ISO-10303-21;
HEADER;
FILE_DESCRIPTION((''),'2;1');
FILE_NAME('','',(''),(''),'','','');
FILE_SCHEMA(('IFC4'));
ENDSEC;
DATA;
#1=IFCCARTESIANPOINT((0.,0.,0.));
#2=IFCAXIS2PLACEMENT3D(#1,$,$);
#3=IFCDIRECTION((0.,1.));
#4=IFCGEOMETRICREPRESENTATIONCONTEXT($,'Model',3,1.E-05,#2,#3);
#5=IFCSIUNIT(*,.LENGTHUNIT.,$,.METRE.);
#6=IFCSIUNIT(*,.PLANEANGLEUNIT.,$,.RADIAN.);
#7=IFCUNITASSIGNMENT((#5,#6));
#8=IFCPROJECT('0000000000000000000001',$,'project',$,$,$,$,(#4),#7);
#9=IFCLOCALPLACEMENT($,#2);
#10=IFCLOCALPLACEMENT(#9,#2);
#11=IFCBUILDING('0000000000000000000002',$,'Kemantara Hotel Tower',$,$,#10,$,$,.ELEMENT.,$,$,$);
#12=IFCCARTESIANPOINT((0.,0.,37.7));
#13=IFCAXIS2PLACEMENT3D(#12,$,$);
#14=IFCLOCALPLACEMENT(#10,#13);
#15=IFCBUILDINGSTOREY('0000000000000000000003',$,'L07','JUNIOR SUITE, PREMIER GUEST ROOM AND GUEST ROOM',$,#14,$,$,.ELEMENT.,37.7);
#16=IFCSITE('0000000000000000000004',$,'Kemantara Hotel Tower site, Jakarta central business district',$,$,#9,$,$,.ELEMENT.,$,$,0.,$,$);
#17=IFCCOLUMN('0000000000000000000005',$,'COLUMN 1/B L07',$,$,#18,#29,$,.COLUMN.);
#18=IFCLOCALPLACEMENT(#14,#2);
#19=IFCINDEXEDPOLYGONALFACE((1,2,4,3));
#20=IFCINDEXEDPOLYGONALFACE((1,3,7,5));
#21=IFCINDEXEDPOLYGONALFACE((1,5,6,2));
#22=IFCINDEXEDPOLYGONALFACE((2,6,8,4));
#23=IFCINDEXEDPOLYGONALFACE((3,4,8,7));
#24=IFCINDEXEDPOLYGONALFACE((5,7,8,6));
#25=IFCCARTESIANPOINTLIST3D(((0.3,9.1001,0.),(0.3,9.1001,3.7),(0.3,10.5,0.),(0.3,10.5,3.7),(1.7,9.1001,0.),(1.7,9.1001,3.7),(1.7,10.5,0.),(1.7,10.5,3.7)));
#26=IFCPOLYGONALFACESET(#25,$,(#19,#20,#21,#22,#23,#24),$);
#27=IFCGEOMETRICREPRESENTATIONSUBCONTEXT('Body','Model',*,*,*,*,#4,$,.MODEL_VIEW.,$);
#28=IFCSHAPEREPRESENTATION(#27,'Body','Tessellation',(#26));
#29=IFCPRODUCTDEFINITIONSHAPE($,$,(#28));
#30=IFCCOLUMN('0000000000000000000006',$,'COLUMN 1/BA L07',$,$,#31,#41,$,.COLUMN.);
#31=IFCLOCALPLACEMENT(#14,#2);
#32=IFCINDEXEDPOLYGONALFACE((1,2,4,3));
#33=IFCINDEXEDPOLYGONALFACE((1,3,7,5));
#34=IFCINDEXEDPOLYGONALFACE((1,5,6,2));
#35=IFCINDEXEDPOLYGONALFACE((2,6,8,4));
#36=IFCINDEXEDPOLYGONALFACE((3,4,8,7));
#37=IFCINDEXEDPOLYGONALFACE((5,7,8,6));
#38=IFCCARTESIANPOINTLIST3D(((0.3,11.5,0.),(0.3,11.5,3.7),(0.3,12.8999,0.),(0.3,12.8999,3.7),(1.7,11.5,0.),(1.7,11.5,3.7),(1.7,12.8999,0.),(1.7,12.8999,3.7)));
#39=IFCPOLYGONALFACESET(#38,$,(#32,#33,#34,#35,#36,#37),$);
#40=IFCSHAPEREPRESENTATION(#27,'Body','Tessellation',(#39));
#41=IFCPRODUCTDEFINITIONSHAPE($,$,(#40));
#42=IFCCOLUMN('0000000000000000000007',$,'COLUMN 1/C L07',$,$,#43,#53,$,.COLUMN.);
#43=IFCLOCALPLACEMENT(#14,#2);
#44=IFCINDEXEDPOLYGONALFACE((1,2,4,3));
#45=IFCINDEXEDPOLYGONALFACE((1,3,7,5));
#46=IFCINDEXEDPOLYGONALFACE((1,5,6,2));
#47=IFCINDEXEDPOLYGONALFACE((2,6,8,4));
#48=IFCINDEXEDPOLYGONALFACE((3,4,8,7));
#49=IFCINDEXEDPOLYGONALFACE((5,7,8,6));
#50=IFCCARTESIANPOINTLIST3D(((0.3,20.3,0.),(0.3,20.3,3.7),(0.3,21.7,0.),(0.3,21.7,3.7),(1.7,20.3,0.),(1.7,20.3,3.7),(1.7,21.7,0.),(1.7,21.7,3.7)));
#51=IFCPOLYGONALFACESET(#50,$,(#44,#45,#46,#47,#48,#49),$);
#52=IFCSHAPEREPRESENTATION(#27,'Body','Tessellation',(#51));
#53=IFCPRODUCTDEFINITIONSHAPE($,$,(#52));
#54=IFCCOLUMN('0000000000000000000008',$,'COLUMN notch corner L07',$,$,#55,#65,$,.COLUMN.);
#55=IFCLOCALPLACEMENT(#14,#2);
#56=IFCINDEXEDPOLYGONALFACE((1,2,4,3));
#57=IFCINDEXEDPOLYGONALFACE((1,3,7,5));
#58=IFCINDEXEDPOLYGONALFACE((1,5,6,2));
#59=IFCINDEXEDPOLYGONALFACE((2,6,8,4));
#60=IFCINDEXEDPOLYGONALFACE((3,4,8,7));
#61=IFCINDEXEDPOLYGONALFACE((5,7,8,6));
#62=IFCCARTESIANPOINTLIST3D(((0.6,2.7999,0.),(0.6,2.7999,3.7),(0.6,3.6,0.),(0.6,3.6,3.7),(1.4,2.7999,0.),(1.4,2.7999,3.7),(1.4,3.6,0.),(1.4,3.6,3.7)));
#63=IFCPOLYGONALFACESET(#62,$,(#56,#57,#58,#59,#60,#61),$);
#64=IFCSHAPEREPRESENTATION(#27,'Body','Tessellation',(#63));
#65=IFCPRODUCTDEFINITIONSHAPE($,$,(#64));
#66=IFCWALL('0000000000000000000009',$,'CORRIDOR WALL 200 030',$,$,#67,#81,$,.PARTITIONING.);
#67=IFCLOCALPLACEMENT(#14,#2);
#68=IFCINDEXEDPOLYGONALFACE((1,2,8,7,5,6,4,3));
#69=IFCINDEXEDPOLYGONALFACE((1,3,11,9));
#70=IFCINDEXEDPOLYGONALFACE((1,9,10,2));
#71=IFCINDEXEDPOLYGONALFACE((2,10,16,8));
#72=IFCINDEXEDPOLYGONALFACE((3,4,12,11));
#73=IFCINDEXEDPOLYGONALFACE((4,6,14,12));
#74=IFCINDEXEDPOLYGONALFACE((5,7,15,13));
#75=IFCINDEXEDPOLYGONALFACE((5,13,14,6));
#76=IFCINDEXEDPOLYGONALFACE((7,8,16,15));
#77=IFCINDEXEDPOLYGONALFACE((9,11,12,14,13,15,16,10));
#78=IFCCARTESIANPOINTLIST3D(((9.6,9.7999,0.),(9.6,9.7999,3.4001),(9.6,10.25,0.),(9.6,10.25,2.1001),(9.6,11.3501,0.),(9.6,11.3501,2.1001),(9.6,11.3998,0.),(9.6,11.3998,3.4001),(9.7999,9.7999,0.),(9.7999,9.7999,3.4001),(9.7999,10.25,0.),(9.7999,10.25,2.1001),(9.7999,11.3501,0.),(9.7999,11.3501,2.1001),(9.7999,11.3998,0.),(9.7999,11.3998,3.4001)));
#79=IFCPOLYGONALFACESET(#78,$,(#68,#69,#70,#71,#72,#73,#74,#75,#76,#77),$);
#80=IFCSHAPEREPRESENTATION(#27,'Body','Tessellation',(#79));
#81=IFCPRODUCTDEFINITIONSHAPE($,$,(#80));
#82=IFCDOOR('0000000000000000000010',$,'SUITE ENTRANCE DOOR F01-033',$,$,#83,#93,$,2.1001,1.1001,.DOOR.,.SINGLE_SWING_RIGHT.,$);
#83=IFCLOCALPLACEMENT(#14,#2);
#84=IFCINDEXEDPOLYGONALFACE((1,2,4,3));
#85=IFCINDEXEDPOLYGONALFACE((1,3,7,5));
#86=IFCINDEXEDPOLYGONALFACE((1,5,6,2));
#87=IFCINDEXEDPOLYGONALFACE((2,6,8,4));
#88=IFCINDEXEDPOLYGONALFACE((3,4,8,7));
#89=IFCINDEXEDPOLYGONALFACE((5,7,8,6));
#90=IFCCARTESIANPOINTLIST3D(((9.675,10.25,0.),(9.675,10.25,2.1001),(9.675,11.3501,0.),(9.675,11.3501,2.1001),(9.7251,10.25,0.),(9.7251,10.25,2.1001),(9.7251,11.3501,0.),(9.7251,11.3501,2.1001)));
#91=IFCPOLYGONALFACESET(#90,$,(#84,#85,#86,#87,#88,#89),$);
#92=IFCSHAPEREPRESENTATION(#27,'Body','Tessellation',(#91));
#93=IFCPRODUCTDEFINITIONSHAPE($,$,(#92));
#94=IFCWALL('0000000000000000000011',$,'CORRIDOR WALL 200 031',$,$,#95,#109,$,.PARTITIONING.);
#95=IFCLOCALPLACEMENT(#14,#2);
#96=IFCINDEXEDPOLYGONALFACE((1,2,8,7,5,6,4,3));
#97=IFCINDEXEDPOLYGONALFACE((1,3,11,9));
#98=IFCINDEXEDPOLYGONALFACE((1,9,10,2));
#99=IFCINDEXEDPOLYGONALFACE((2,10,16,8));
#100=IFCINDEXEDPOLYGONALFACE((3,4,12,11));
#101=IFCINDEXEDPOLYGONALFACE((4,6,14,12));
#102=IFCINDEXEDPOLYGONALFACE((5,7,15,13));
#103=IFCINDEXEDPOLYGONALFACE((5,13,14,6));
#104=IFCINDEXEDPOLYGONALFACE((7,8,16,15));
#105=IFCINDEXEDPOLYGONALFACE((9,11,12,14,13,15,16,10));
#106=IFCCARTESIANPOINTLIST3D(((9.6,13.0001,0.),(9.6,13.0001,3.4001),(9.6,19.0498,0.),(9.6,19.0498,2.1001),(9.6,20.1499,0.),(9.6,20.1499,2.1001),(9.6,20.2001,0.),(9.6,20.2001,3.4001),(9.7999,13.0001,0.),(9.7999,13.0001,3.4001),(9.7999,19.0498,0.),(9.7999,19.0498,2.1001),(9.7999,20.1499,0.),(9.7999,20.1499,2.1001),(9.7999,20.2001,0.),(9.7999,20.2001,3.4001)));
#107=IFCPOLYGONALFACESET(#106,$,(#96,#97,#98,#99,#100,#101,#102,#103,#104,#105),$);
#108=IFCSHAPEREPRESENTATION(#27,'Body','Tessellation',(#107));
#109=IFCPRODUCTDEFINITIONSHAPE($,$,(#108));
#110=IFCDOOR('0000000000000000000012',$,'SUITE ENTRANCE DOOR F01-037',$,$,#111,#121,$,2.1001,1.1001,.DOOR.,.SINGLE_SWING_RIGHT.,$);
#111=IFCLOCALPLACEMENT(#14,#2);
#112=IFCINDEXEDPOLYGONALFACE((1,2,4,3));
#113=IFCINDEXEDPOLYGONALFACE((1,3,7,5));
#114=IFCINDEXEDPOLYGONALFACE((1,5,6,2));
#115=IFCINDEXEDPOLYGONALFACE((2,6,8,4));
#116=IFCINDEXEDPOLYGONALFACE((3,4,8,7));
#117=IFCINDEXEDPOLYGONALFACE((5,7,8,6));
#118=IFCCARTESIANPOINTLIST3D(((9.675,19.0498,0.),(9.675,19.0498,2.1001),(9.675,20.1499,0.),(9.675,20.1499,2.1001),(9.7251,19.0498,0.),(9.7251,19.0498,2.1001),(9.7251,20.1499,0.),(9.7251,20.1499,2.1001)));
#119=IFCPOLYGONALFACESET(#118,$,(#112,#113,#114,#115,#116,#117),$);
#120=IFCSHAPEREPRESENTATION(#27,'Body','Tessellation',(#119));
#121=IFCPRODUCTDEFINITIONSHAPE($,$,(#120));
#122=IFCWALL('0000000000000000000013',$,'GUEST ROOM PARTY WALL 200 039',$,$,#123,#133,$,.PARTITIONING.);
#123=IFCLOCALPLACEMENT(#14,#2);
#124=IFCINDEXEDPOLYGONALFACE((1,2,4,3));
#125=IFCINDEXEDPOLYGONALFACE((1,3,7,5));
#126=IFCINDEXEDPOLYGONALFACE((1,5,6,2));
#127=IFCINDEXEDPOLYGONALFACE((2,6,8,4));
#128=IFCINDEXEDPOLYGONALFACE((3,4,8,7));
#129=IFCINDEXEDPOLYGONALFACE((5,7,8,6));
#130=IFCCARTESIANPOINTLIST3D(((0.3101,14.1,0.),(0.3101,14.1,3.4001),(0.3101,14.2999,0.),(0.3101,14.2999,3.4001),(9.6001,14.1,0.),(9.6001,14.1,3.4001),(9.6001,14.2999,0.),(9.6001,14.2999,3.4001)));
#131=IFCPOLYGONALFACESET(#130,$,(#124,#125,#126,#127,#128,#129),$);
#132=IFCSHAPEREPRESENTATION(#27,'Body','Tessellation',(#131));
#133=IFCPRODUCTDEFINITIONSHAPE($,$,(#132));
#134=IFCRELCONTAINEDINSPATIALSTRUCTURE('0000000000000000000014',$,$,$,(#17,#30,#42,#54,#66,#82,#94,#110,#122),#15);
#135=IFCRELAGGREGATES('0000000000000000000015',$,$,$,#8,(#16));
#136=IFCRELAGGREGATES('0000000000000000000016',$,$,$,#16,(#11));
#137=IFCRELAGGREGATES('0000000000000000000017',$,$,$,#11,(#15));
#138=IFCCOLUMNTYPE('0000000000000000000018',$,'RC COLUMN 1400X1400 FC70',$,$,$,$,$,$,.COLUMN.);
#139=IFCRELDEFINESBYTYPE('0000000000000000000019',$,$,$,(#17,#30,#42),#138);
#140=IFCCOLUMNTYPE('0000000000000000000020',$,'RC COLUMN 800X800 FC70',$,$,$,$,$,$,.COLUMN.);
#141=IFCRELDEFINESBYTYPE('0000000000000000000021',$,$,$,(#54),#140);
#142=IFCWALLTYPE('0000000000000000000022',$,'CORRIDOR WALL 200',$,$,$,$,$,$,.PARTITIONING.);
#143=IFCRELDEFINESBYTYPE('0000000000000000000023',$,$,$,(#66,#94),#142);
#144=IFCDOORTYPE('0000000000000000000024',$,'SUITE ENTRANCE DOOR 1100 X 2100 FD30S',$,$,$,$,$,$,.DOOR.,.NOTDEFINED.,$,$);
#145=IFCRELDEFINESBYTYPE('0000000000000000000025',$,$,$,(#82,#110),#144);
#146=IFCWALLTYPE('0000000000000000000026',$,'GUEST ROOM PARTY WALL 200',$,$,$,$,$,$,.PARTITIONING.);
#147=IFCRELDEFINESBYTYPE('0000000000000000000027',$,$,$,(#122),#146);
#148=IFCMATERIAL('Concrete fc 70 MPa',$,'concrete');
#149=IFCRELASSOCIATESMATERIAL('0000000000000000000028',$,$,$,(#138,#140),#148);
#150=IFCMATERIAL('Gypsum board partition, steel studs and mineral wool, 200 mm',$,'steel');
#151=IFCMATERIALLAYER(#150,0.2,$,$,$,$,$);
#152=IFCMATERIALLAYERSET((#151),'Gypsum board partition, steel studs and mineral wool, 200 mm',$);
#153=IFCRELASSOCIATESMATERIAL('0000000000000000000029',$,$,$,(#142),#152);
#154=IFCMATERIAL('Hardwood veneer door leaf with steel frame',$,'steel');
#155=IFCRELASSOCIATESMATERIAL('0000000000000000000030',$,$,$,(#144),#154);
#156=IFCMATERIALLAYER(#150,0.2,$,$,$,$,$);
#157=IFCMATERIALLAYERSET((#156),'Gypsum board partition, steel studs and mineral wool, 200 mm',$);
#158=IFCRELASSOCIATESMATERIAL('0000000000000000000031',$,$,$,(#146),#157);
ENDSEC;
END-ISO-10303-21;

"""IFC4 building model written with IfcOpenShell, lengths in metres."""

from ifc_helpers import new_model, si_unit, direction, frame, frame_2d, origin, origin_2d, place, context, subcontext, project, spatial, rectangle, extrude, material, layer, layer_set, material_profile, profile_set, type_object, element, fill, save


model = new_model("IFC4")

# Units and contexts
model_context = context("Model", 3, precision=1e-05, world=origin(), true_north=direction((0.0, 1.0)))
body_context = subcontext(model_context, "Body", "Model", "MODEL_VIEW")
ifc_project = project(units=[si_unit("LENGTHUNIT", "METRE"), si_unit("PLANEANGLEUNIT", "RADIAN")], contexts=[model_context])

# Site, building, storey
site_placement = place(None, origin())
site = spatial("IfcSite", under=ifc_project, at=site_placement, Name="Kemantara Hotel Tower site, Jakarta central business district", CompositionType="ELEMENT", RefElevation=0.0)
building_placement = place(site_placement, origin())
building = spatial("IfcBuilding", under=site, at=building_placement, Name="Kemantara Hotel Tower", CompositionType="ELEMENT")
storey_placement = place(building_placement, frame((0.0, 0.0, 37.7)))
storey = spatial("IfcBuildingStorey", under=building, at=storey_placement, Name="L07", Description="JUNIOR SUITE, PREMIER GUEST ROOM AND GUEST ROOM", CompositionType="ELEMENT", Elevation=37.7)

# Columns
ifc_material_1 = material(Name="Concrete fc 70 MPa", Category="concrete")
ifc_material_profile_1 = material_profile(ifc_material_1, rectangle(XDim=1.3999, YDim=1.3999, at=origin_2d()), Name="RC 1400X1400")
ifc_profile_set_1 = profile_set([ifc_material_profile_1], Name="Concrete fc 70 MPa")
column_type_1 = type_object("IfcColumnType", Name="RC COLUMN 1400X1400 FC70", PredefinedType="COLUMN", material=ifc_profile_set_1)
for number, where, z_axis, x_axis, name in (
    (1, (1.0, 9.8, 0.0), (0.0, 0.0, 1.0), (1.0, 0.0, 0.0), "COLUMN 1/B L07"),
    (2, (1.0, 12.2, 0.0), (0.0, 0.0, 1.0), (1.0, 0.0, 0.0), "COLUMN 1/BA L07"),
    (3, (1.0, 21.0, 0.0), (0.0, 0.0, 1.0), (1.0, 0.0, 0.0), "COLUMN 1/C L07"),
):
    element("IfcColumn", number, at=place(storey_placement, frame(where, z_axis=z_axis, x_axis=x_axis)), inside=storey, type_object=column_type_1, Name=name, PredefinedType="COLUMN", context=body_context, shape_type="SweptSolid", body=[
        extrude(rectangle(XDim=1.3999, YDim=1.3999, at=origin_2d()), origin(), (0.0, 0.0, 1.0), 3.7),
    ])
ifc_material_profile_2 = material_profile(ifc_material_1, rectangle(XDim=0.8, YDim=0.8, at=origin_2d()), Name="RC 800X800")
ifc_profile_set_2 = profile_set([ifc_material_profile_2], Name="Concrete fc 70 MPa")
column_type_2 = type_object("IfcColumnType", Name="RC COLUMN 800X800 FC70", PredefinedType="COLUMN", material=ifc_profile_set_2)
column_placement = place(storey_placement, frame((1.0, 3.2, 0.0), z_axis=(0.0, 0.0, 1.0), x_axis=(1.0, 0.0, 0.0)))
element("IfcColumn", 4, at=column_placement, inside=storey, type_object=column_type_2, Name="COLUMN notch corner L07", PredefinedType="COLUMN", context=body_context, shape_type="SweptSolid", body=[
    extrude(rectangle(XDim=0.8, YDim=0.8, at=origin_2d()), origin(), (0.0, 0.0, 1.0), 3.7),
])

# Walls, openings, doors
ifc_material_2 = material(Name="Gypsum board partition, steel studs and mineral wool, 200 mm", Category="steel")
ifc_layer_1 = layer(ifc_material_2, 0.2)
ifc_layer_set_1 = layer_set([ifc_layer_1], Name="Gypsum board partition, steel studs and mineral wool, 200 mm")
wall_type_1 = type_object("IfcWallType", Name="CORRIDOR WALL 200", PredefinedType="PARTITIONING", material=ifc_layer_set_1)
wall_1_placement = place(storey_placement, frame((9.7, 9.8, 0.0), z_axis=(0.0, 0.0, 1.0), x_axis=(0.0, 1.0, 0.0)))
wall_1 = element("IfcWall", 5, at=wall_1_placement, inside=storey, type_object=wall_type_1, Name="CORRIDOR WALL 200 030", PredefinedType="PARTITIONING", context=body_context, shape_type="SweptSolid", body=[
    extrude(rectangle(XDim=1.5999, YDim=0.2, at=frame_2d((0.7998, 0.0))), origin(), (0.0, 0.0, 1.0), 3.4001),
])
opening_1_placement = place(wall_1_placement, frame((0.45, 0.0, 0.0)))
opening_1 = element("IfcOpeningElement", 6, at=opening_1_placement, cuts=wall_1, PredefinedType="OPENING", context=body_context, shape_type="SweptSolid", body=[
    extrude(rectangle(XDim=1.1001, YDim=2.1001, at=frame_2d((0.55, 1.05))), frame((0.0, 0.1099, 0.0), z_axis=(0.0, -1.0, 0.0), x_axis=(1.0, 0.0, 0.0)), (0.0, 0.0, 1.0), 0.22),
])
ifc_material_3 = material(Name="Hardwood veneer door leaf with steel frame", Category="steel")
door_type_1 = type_object("IfcDoorType", Name="SUITE ENTRANCE DOOR 1100 X 2100 FD30S", OperationType="NOTDEFINED", PredefinedType="DOOR", material=ifc_material_3)
door_1_placement = place(opening_1_placement, origin())
door_1 = element("IfcDoor", 7, at=door_1_placement, inside=storey, type_object=door_type_1, Name="SUITE ENTRANCE DOOR F01-033", OperationType="SINGLE_SWING_RIGHT", OverallHeight=2.1001, OverallWidth=1.1001, PredefinedType="DOOR", context=body_context, shape_type="SweptSolid", body=[
    extrude(rectangle(XDim=1.1001, YDim=2.1001, at=frame_2d((0.55, 1.05))), frame((0.0, 0.0249, 0.0), z_axis=(0.0, -1.0, 0.0), x_axis=(1.0, 0.0, 0.0)), (0.0, 0.0, 1.0), 0.05),
])
fill(opening_1, door_1)
wall_2_placement = place(storey_placement, frame((9.7, 13.0, 0.0), z_axis=(0.0, 0.0, 1.0), x_axis=(0.0, 1.0, 0.0)))
wall_2 = element("IfcWall", 8, at=wall_2_placement, inside=storey, type_object=wall_type_1, Name="CORRIDOR WALL 200 031", PredefinedType="PARTITIONING", context=body_context, shape_type="SweptSolid", body=[
    extrude(rectangle(XDim=7.2, YDim=0.2, at=frame_2d((3.6001, 0.0))), origin(), (0.0, 0.0, 1.0), 3.4001),
])
opening_2_placement = place(wall_2_placement, frame((6.0498, 0.0, 0.0)))
opening_2 = element("IfcOpeningElement", 9, at=opening_2_placement, cuts=wall_2, PredefinedType="OPENING", context=body_context, shape_type="SweptSolid", body=[
    extrude(rectangle(XDim=1.1001, YDim=2.1001, at=frame_2d((0.55, 1.05))), frame((0.0, 0.1099, 0.0), z_axis=(0.0, -1.0, 0.0), x_axis=(1.0, 0.0, 0.0)), (0.0, 0.0, 1.0), 0.22),
])
door_2_placement = place(opening_2_placement, origin())
door_2 = element("IfcDoor", 10, at=door_2_placement, inside=storey, type_object=door_type_1, Name="SUITE ENTRANCE DOOR F01-037", OperationType="SINGLE_SWING_RIGHT", OverallHeight=2.1001, OverallWidth=1.1001, PredefinedType="DOOR", context=body_context, shape_type="SweptSolid", body=[
    extrude(rectangle(XDim=1.1001, YDim=2.1001, at=frame_2d((0.55, 1.05))), frame((0.0, 0.0249, 0.0), z_axis=(0.0, -1.0, 0.0), x_axis=(1.0, 0.0, 0.0)), (0.0, 0.0, 1.0), 0.05),
])
fill(opening_2, door_2)

# Wall
ifc_layer_2 = layer(ifc_material_2, 0.2)
ifc_layer_set_2 = layer_set([ifc_layer_2], Name="Gypsum board partition, steel studs and mineral wool, 200 mm")
wall_type_2 = type_object("IfcWallType", Name="GUEST ROOM PARTY WALL 200", PredefinedType="PARTITIONING", material=ifc_layer_set_2)
wall_3_placement = place(storey_placement, frame((0.3101, 14.2, 0.0), z_axis=(0.0, 0.0, 1.0), x_axis=(1.0, 0.0, 0.0)))
element("IfcWall", 11, at=wall_3_placement, inside=storey, type_object=wall_type_2, Name="GUEST ROOM PARTY WALL 200 039", PredefinedType="PARTITIONING", context=body_context, shape_type="SweptSolid", body=[
    extrude(rectangle(XDim=9.29, YDim=0.2, at=frame_2d((4.645, 0.0))), origin(), (0.0, 0.0, 1.0), 3.4001),
])

save(model, "model.ifc")
